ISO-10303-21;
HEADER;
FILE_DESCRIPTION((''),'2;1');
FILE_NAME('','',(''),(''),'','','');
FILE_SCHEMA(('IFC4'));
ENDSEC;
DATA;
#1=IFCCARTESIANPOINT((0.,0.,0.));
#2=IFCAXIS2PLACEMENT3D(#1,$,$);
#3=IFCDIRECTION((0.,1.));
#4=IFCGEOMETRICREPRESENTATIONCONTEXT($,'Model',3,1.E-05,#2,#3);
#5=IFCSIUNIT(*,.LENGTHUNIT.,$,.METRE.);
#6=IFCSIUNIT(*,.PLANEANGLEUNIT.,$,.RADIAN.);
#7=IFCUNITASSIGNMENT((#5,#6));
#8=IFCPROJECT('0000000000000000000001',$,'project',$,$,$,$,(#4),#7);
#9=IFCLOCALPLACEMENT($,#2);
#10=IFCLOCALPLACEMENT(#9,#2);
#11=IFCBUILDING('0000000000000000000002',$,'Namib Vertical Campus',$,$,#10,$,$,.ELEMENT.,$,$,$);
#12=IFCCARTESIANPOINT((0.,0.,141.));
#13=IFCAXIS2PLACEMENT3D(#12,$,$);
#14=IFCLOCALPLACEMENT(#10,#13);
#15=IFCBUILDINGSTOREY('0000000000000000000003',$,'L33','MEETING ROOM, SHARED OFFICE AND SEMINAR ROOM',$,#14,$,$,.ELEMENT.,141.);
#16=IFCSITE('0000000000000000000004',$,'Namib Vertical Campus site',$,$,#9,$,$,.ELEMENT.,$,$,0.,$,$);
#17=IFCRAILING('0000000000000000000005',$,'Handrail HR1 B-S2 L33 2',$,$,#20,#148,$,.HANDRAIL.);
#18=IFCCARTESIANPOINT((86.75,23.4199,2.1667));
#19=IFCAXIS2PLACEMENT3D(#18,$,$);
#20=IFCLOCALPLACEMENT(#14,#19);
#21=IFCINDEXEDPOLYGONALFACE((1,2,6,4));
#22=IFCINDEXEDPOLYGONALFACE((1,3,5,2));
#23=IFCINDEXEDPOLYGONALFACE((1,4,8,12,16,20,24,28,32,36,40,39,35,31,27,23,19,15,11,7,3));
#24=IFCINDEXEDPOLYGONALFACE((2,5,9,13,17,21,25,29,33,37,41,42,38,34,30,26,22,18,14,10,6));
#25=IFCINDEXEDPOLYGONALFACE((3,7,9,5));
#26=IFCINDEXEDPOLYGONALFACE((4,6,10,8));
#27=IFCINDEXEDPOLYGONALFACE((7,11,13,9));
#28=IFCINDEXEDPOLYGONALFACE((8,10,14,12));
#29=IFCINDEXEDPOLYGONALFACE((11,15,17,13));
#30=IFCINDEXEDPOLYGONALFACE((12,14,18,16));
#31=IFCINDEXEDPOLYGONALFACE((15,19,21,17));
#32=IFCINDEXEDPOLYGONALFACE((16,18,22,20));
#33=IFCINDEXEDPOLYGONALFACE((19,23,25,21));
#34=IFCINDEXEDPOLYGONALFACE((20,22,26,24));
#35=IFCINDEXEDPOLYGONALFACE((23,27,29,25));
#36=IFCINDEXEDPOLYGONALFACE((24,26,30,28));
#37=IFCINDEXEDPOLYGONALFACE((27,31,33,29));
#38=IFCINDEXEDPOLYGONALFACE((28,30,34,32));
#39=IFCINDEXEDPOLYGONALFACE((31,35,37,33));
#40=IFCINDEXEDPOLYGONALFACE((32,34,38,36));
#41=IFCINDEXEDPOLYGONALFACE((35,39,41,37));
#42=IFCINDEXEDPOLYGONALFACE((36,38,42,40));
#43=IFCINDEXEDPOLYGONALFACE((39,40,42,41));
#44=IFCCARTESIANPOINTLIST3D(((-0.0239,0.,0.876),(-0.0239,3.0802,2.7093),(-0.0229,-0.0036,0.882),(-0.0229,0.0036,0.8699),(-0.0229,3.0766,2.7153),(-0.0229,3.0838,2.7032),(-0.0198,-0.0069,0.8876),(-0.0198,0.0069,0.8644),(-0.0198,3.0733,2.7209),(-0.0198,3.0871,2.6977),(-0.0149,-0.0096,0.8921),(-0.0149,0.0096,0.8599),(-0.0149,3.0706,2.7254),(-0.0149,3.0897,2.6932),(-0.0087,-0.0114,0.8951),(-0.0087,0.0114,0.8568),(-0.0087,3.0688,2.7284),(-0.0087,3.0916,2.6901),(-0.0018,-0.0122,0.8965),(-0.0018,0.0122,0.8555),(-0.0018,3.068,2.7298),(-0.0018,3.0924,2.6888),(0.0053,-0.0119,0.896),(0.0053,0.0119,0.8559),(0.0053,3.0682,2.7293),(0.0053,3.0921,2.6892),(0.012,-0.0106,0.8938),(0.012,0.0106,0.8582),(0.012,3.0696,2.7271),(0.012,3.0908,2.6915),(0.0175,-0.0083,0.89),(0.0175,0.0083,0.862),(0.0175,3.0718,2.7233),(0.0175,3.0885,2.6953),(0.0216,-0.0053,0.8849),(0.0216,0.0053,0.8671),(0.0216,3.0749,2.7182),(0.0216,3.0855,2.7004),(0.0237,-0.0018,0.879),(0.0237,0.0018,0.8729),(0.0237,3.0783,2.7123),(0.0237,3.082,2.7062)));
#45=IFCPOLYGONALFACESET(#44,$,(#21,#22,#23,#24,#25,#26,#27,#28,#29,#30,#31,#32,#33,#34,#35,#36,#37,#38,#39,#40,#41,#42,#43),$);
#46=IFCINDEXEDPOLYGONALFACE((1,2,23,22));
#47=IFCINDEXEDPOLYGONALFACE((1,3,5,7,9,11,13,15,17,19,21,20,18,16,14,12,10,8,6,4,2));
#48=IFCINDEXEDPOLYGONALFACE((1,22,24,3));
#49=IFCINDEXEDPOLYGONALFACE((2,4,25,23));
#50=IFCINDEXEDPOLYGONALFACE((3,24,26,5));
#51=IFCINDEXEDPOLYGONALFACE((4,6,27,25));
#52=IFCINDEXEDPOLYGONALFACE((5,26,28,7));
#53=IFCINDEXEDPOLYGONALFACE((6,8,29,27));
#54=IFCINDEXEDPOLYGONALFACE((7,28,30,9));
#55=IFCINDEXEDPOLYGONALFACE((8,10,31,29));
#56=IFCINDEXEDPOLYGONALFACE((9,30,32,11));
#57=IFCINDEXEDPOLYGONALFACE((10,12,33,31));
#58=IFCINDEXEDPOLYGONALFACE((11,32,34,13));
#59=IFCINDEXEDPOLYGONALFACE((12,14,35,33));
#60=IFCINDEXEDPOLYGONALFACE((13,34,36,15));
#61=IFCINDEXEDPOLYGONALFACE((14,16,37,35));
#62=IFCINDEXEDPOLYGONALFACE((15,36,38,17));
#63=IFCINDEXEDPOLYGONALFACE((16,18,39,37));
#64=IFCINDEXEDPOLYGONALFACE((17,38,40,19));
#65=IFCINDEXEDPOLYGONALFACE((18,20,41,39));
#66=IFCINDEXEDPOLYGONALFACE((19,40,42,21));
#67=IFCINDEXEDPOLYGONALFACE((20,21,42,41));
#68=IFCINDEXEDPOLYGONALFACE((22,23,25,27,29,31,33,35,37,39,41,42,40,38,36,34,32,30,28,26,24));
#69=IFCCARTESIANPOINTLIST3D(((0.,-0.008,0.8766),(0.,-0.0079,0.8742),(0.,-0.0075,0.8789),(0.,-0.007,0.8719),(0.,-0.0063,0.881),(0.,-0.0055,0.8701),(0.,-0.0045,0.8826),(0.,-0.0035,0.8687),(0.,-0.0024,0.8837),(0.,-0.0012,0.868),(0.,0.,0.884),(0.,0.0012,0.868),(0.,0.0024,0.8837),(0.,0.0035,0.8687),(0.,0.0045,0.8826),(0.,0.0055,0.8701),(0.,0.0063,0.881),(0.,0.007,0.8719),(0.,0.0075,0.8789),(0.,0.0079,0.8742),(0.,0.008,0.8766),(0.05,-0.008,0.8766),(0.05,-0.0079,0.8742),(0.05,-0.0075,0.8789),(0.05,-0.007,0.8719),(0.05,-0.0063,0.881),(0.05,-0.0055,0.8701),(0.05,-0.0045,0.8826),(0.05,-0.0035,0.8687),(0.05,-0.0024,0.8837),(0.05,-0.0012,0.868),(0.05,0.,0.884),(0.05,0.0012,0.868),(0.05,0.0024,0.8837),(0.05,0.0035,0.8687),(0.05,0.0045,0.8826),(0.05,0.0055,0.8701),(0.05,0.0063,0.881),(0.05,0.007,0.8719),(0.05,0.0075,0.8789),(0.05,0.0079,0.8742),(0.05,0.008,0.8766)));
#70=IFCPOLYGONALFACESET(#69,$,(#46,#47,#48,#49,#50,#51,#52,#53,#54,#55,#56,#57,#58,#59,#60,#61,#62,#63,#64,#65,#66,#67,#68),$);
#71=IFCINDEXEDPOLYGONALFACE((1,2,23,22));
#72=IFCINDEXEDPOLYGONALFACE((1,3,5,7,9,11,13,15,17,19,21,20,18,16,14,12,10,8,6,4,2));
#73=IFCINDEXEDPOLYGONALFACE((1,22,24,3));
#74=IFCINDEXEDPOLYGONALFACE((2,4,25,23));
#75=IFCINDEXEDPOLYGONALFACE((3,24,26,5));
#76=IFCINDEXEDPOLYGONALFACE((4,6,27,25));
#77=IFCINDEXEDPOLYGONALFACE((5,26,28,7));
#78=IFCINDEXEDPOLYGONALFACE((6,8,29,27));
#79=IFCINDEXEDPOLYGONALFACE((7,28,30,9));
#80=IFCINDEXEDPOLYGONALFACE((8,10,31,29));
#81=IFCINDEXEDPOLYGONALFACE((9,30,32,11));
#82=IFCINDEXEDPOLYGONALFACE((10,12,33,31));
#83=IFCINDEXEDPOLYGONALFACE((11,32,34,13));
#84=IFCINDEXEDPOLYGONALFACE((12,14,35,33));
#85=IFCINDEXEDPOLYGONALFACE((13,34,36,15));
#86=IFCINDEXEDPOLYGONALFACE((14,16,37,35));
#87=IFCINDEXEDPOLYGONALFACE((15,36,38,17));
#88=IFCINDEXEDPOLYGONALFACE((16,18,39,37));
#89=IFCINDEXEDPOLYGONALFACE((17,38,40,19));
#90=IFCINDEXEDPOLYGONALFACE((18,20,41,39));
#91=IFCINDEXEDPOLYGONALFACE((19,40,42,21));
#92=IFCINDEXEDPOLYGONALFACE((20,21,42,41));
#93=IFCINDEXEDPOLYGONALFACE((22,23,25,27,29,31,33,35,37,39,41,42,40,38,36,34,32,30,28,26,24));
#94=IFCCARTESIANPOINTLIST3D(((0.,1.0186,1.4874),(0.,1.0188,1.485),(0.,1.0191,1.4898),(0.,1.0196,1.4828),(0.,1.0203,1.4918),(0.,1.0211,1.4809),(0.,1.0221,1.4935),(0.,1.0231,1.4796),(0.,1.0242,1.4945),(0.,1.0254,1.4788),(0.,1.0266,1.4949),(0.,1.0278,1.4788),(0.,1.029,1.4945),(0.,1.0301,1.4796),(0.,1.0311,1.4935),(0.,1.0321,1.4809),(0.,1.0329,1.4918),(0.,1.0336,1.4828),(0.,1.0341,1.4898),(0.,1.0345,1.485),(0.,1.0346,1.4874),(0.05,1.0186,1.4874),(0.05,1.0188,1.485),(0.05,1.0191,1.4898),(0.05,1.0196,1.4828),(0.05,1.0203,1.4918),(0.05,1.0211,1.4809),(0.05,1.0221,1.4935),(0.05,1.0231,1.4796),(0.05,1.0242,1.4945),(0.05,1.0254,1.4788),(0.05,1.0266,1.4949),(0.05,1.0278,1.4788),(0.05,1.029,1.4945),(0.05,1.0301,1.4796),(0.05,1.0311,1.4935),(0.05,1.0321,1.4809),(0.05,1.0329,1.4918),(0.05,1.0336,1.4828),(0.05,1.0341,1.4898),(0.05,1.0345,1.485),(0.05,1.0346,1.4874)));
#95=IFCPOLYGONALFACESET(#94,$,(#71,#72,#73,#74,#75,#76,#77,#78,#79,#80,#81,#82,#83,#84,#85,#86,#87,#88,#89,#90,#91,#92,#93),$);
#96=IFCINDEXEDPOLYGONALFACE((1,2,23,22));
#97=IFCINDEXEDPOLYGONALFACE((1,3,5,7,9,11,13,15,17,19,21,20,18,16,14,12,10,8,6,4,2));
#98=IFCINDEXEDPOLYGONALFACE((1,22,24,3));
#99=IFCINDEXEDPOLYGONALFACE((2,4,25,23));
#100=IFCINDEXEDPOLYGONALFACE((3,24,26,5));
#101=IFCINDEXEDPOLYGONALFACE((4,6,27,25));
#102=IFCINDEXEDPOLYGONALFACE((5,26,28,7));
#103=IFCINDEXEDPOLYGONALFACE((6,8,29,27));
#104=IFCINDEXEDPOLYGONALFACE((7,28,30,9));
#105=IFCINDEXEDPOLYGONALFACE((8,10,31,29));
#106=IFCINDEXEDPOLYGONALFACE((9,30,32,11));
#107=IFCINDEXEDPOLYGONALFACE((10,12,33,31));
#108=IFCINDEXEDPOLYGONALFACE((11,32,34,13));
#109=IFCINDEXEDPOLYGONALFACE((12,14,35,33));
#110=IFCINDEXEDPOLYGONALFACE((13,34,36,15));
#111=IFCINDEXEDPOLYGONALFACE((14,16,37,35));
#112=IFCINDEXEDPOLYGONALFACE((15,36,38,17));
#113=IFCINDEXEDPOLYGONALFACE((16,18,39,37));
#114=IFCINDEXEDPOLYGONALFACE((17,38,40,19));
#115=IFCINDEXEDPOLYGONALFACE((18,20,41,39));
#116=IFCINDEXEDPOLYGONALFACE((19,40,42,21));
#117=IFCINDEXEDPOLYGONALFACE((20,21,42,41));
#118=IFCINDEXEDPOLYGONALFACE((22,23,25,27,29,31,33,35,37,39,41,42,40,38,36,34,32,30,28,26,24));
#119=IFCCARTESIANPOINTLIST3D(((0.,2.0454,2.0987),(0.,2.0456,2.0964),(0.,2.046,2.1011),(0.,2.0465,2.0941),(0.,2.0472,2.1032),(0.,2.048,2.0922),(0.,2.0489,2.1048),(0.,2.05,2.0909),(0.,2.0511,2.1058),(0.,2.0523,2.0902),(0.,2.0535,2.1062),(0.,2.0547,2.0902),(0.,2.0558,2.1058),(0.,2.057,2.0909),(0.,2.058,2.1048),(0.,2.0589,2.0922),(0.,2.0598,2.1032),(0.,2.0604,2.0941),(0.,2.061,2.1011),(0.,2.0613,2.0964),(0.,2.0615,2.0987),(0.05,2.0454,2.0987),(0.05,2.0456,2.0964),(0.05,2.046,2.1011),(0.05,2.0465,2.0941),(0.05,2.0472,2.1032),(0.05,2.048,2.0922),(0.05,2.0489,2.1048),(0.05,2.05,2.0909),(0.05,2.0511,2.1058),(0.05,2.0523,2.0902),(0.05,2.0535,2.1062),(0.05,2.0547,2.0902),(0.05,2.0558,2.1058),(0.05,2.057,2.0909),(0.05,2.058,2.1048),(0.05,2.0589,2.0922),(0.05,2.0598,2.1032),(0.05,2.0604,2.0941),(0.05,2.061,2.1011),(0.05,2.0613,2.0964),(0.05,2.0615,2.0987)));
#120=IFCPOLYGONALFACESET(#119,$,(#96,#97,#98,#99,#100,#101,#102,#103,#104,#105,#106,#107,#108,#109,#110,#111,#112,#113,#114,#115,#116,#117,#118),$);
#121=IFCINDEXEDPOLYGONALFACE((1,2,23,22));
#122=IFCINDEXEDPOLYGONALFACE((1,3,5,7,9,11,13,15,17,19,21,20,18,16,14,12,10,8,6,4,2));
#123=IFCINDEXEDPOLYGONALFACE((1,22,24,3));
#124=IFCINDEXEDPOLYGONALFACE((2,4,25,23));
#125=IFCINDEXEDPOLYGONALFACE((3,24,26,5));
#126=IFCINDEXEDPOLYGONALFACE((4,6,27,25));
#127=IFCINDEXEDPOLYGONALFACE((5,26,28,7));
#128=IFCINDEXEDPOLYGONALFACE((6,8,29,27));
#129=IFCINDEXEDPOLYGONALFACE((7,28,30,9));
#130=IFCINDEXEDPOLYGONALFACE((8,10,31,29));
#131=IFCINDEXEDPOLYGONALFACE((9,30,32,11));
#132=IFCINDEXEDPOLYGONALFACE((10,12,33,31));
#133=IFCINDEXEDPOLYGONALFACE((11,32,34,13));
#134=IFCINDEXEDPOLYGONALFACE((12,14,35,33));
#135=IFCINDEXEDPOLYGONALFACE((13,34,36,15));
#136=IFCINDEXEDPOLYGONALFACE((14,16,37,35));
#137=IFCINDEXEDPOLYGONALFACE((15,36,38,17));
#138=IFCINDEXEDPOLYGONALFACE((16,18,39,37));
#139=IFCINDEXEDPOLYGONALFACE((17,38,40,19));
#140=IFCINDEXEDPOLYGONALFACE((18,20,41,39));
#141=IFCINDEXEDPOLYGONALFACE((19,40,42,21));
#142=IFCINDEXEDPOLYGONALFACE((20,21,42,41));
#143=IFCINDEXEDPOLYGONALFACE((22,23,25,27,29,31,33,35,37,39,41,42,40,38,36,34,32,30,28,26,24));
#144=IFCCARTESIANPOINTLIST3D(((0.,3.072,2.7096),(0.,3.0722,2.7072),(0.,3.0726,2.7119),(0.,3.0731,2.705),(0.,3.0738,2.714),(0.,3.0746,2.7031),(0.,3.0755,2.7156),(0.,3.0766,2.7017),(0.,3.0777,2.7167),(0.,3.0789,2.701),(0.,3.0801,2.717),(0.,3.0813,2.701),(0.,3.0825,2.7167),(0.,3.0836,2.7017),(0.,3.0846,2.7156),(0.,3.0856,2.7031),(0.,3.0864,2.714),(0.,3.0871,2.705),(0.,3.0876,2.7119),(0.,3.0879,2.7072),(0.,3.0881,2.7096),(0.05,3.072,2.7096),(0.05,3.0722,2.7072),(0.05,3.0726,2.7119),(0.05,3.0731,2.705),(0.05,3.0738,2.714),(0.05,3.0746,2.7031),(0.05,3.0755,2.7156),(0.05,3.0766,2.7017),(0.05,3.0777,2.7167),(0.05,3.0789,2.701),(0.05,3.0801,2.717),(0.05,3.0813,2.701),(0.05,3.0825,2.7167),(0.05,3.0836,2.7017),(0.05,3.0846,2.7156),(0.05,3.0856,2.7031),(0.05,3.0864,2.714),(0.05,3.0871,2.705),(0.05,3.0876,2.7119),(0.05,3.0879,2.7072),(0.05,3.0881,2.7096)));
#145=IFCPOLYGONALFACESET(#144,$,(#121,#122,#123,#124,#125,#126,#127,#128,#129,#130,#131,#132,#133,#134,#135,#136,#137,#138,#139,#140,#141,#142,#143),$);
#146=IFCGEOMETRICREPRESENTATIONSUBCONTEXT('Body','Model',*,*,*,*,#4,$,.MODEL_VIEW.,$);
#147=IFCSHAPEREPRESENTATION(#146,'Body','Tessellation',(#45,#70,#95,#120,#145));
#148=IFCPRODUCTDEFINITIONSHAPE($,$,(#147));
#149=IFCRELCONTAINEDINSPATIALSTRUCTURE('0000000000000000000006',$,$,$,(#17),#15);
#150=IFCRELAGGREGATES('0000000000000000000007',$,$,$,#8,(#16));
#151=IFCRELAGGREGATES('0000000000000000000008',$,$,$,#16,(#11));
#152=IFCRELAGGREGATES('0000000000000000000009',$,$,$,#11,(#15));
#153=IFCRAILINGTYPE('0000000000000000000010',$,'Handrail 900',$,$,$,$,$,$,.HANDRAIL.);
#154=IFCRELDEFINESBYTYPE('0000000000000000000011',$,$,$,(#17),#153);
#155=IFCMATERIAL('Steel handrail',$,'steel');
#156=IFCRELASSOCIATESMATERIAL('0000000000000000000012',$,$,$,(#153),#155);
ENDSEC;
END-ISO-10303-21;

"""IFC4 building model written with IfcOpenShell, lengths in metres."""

from ifc_helpers import new_model, si_unit, direction, frame, origin, origin_2d, place, context, subcontext, project, spatial, circle, extrude, material, type_object, element, save


model = new_model("IFC4")

# Units and contexts
model_context = context("Model", 3, precision=1e-05, world=origin(), true_north=direction((0.0, 1.0)))
body_context = subcontext(model_context, "Body", "Model", "MODEL_VIEW")
ifc_project = project(units=[si_unit("LENGTHUNIT", "METRE"), si_unit("PLANEANGLEUNIT", "RADIAN")], contexts=[model_context])

# Site, building, storey
site_placement = place(None, origin())
site = spatial("IfcSite", under=ifc_project, at=site_placement, Name="Namib Vertical Campus site", CompositionType="ELEMENT", RefElevation=0.0)
building_placement = place(site_placement, origin())
building = spatial("IfcBuilding", under=site, at=building_placement, Name="Namib Vertical Campus", CompositionType="ELEMENT")
storey_placement = place(building_placement, frame((0.0, 0.0, 141.0)))
storey = spatial("IfcBuildingStorey", under=building, at=storey_placement, Name="L33", Description="MEETING ROOM, SHARED OFFICE AND SEMINAR ROOM", CompositionType="ELEMENT", Elevation=141.0)

# Railing
ifc_material_1 = material(Name="Steel handrail", Category="steel")
railing_type_1 = type_object("IfcRailingType", Name="Handrail 900", PredefinedType="HANDRAIL", material=ifc_material_1)
railing_1_placement = place(storey_placement, frame((86.75, 23.4199, 2.1667)))
element("IfcRailing", 1, at=railing_1_placement, inside=storey, type_object=railing_type_1, Name="Handrail HR1 B-S2 L33 2", PredefinedType="HANDRAIL", context=body_context, shape_type="SweptSolid", body=[
    extrude(circle(Radius=0.0239, at=origin_2d()), frame((0.0, 0.0, 0.876), z_axis=(0.0, 0.859309, 0.511458), x_axis=(-1.0, 0.0, 0.0)), (0.0, 0.0, 1.0), 3.5845),
    extrude(circle(Radius=0.0081, at=origin_2d()), frame((0.0, 0.0, 0.876), z_axis=(1.0, 0.0, 0.0), x_axis=(0.0, 0.0, 1.0)), (0.0, 0.0, 1.0), 0.05),
    extrude(circle(Radius=0.0081, at=origin_2d()), frame((0.0, 1.0266, 1.4868), z_axis=(1.0, 0.0, 0.0), x_axis=(0.0, 0.0, 1.0)), (0.0, 0.0, 1.0), 0.05),
    extrude(circle(Radius=0.0081, at=origin_2d()), frame((0.0, 2.0535, 2.0981), z_axis=(1.0, 0.0, 0.0), x_axis=(0.0, 0.0, 1.0)), (0.0, 0.0, 1.0), 0.05),
    extrude(circle(Radius=0.0081, at=origin_2d()), frame((0.0, 3.0801, 2.709), z_axis=(1.0, 0.0, 0.0), x_axis=(0.0, 0.0, 1.0)), (0.0, 0.0, 1.0), 0.05),
])

save(model, "model.ifc")
